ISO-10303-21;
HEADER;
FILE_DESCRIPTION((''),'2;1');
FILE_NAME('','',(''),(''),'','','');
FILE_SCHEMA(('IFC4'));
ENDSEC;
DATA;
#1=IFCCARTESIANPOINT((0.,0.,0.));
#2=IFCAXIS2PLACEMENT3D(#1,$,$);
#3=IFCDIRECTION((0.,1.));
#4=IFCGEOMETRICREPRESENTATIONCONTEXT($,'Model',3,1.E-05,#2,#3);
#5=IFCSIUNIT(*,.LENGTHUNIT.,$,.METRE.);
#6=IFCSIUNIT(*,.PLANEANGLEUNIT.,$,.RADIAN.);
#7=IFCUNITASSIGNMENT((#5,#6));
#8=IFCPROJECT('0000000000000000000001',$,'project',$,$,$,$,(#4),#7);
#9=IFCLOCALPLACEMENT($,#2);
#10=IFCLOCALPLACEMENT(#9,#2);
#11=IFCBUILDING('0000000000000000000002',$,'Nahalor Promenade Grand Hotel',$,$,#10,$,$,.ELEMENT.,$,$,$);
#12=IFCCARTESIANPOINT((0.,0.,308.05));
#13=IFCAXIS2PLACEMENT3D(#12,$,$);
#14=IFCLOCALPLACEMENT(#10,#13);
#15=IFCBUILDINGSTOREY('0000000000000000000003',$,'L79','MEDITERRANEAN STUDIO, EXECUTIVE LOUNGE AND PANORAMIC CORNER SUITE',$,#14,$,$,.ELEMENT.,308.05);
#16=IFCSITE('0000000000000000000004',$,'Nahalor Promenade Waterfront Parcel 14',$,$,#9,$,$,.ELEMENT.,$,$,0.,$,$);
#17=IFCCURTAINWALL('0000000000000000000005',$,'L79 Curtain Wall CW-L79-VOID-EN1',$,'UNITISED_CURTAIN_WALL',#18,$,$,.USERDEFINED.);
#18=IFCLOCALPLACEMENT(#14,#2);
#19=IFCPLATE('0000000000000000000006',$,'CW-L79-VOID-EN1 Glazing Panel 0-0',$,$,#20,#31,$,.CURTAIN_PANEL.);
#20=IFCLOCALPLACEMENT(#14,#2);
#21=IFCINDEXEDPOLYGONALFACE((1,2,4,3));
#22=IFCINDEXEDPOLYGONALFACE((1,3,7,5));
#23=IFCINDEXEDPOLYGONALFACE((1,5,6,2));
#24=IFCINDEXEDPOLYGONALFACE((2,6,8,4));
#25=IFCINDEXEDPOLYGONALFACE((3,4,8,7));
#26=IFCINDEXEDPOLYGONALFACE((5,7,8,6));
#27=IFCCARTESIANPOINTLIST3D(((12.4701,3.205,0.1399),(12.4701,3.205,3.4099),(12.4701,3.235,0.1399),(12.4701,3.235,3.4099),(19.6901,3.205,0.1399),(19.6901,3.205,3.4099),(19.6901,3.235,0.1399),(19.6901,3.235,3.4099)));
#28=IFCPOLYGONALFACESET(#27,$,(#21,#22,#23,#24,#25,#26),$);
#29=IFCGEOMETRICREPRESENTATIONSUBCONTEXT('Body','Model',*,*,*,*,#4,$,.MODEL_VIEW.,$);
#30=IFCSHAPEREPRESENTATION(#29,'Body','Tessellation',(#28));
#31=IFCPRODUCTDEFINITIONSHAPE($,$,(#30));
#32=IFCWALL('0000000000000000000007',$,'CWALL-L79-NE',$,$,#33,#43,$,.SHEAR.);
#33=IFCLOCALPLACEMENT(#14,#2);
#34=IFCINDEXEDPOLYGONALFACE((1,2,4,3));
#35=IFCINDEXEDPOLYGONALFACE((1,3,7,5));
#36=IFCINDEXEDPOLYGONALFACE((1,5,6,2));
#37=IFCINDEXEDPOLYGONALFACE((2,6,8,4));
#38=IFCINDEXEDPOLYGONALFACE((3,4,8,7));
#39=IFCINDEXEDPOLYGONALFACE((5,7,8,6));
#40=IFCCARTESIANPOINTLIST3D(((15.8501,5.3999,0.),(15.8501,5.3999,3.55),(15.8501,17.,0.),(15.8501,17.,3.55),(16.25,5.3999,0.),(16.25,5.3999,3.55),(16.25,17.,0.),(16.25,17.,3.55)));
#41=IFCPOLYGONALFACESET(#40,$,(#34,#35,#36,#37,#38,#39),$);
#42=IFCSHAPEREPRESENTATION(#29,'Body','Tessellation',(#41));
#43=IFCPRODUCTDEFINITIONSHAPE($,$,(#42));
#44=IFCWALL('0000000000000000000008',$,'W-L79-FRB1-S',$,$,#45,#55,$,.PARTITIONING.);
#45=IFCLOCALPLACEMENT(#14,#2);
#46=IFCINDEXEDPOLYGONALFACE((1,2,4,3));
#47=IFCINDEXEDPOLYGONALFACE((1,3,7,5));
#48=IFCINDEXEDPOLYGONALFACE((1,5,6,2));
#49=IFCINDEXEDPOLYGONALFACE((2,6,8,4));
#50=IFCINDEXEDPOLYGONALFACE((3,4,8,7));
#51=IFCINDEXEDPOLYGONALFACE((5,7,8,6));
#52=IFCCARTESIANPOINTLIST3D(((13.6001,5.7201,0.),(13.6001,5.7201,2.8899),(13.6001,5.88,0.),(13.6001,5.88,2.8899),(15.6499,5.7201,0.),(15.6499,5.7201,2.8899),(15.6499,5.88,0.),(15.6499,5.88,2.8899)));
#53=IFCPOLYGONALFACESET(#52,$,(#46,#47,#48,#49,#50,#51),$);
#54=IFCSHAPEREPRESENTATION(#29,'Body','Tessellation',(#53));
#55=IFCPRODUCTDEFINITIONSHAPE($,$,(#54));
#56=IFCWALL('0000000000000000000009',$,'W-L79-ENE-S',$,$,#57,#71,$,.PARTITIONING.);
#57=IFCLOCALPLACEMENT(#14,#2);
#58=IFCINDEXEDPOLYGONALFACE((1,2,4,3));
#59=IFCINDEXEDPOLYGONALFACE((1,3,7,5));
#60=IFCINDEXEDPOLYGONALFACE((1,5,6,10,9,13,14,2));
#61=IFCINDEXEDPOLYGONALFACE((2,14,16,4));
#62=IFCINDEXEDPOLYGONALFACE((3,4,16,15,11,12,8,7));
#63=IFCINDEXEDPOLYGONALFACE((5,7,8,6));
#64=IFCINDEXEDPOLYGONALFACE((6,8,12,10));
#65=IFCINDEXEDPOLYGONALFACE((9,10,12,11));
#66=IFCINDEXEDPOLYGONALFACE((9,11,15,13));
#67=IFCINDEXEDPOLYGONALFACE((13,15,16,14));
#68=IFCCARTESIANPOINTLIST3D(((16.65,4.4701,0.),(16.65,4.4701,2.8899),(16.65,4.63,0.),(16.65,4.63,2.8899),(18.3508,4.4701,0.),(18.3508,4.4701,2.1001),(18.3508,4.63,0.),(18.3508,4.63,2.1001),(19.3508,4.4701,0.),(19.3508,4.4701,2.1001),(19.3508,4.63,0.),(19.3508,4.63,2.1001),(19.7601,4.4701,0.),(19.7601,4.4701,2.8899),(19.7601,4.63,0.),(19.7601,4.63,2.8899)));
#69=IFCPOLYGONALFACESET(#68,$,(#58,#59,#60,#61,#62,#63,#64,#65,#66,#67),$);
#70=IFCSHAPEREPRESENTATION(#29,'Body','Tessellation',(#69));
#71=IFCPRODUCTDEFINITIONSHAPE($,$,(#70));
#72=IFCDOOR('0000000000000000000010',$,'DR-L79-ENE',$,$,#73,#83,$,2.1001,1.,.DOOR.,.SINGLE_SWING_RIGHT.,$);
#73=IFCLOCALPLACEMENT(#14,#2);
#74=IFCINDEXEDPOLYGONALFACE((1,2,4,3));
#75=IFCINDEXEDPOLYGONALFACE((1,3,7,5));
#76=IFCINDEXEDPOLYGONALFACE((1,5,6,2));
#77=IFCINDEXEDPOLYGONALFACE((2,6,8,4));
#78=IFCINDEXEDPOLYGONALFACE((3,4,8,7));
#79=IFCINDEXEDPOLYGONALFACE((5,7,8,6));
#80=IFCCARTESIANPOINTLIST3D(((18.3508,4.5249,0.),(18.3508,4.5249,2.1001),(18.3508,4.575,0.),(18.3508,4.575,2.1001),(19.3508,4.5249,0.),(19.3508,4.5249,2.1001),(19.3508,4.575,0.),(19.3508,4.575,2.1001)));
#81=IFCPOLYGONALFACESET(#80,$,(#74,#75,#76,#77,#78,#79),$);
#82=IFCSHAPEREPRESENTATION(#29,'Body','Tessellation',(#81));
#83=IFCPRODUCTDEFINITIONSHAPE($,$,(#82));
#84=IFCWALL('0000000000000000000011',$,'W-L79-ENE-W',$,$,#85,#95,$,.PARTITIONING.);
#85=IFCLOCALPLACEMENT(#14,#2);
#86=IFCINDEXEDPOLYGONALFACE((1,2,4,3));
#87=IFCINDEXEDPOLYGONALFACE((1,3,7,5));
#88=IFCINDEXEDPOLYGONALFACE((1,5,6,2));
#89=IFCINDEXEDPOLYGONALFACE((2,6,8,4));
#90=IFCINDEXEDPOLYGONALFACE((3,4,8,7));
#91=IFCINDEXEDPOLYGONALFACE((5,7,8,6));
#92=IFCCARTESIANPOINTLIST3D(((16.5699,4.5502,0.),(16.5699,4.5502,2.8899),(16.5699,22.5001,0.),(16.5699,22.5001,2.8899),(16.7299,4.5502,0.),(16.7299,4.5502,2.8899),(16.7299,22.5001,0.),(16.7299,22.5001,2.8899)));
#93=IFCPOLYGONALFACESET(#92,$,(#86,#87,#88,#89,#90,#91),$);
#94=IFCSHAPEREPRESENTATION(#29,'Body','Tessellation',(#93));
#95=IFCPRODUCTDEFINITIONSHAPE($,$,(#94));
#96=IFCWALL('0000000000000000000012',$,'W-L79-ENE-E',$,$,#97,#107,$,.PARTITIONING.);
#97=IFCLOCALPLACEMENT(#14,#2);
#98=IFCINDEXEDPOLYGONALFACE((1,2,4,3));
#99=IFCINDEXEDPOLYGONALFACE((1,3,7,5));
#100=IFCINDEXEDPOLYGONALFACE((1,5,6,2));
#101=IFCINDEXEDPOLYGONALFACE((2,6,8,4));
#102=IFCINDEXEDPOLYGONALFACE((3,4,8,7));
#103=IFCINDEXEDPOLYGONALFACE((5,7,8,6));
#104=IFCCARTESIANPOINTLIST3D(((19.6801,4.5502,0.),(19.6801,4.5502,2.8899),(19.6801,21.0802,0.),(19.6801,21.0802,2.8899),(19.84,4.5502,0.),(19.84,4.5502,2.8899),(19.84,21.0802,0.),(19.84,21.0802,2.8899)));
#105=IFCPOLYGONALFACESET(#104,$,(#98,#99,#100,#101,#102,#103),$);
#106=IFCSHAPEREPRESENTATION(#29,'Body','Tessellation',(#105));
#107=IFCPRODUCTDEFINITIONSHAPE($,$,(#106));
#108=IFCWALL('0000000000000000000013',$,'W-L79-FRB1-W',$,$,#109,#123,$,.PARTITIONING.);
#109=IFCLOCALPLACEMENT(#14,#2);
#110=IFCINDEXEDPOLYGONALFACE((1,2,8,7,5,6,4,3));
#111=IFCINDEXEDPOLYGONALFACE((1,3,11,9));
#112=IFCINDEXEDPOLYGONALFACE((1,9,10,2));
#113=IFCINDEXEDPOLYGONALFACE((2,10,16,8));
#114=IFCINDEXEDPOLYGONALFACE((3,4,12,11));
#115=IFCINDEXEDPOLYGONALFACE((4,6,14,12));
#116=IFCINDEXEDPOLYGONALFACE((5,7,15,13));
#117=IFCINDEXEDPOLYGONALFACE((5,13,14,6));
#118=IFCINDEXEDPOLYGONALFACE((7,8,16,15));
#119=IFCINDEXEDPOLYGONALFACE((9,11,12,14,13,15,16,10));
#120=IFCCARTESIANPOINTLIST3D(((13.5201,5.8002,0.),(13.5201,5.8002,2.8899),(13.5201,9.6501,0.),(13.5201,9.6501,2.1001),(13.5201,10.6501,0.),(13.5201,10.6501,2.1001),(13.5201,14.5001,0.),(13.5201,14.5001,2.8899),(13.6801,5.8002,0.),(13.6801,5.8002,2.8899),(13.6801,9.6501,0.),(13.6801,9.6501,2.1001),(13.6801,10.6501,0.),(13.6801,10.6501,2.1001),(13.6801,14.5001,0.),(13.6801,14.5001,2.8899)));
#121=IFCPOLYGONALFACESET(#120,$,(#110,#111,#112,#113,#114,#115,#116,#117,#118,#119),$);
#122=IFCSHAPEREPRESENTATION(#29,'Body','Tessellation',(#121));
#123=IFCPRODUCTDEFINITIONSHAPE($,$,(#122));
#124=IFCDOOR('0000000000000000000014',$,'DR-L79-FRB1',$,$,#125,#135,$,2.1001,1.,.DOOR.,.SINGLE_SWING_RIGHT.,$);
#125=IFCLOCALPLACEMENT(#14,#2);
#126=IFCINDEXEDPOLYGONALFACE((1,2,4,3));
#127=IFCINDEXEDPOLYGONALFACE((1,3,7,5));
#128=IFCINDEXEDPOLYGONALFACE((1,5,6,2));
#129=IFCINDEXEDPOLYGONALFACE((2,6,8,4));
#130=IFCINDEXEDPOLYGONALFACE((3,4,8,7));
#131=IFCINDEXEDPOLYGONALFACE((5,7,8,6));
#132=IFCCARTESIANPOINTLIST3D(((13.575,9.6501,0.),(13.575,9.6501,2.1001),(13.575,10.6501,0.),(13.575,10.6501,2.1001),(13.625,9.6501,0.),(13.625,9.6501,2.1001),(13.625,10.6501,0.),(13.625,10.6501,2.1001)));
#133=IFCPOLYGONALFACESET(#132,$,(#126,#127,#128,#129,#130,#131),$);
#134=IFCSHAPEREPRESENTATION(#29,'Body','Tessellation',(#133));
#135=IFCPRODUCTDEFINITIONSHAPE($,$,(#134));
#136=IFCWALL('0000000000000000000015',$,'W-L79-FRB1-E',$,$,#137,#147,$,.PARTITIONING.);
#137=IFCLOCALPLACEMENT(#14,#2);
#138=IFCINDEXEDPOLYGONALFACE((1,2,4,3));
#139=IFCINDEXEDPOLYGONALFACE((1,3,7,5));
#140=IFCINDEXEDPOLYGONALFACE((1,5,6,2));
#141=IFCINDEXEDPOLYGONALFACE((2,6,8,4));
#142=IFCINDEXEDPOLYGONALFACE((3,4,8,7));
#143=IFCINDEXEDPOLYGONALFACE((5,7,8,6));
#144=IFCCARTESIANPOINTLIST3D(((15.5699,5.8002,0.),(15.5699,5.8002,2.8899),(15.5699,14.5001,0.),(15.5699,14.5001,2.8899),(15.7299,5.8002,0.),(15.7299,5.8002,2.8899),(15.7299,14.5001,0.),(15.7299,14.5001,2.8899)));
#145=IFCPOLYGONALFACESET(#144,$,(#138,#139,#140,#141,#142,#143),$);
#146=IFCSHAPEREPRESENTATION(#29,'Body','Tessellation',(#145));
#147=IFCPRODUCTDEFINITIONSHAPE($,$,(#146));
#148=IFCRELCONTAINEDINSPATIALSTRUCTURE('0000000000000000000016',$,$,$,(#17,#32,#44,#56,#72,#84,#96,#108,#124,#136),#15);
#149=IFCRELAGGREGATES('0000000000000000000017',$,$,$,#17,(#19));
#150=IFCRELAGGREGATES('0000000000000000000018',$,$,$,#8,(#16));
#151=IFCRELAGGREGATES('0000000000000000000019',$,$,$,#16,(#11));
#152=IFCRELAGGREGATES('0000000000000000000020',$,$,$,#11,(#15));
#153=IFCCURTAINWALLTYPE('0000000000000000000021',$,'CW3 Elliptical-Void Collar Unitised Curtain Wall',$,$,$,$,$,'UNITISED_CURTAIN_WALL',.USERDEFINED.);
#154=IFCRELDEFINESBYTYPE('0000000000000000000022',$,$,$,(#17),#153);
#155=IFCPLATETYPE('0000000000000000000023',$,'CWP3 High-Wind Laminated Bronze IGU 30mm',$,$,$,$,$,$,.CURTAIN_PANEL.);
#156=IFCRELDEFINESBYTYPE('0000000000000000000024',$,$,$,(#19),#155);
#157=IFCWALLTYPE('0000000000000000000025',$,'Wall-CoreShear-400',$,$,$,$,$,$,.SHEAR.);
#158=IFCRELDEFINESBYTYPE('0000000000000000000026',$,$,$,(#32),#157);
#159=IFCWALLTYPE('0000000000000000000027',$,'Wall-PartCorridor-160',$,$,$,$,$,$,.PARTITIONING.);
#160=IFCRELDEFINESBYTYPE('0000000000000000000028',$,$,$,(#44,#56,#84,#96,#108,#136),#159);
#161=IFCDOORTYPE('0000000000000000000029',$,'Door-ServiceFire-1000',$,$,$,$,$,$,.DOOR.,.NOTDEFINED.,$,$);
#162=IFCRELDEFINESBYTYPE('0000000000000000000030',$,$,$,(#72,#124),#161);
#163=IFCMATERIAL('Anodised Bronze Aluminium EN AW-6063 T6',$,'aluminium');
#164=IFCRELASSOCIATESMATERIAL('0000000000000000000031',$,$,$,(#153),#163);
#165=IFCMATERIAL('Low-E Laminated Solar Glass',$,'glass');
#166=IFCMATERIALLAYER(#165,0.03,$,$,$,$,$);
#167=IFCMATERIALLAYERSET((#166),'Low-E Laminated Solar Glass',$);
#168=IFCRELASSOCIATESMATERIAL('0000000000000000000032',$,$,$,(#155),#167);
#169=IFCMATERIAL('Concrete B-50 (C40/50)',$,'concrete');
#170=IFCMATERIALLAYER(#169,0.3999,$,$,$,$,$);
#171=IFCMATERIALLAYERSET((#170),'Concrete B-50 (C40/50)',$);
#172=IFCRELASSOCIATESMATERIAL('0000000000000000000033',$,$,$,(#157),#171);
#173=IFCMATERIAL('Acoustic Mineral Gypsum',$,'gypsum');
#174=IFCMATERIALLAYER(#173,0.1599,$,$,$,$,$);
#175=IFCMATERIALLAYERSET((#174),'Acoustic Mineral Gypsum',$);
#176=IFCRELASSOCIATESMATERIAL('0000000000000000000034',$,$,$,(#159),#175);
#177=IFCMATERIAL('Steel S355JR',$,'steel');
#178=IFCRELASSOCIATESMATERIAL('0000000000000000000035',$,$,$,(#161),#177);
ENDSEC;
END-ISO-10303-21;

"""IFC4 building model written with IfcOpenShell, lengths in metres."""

from ifc_helpers import new_model, si_unit, direction, frame, frame_2d, origin, origin_2d, place, context, subcontext, project, spatial, rectangle, extrude, source, transform, mapped, material, layer, layer_set, type_object, element, fill, aggregate, save


model = new_model("IFC4")

# Units and contexts
model_context = context("Model", 3, precision=1e-05, world=origin(), true_north=direction((0.0, 1.0)))
body_context = subcontext(model_context, "Body", "Model", "MODEL_VIEW")
ifc_project = project(units=[si_unit("LENGTHUNIT", "METRE"), si_unit("PLANEANGLEUNIT", "RADIAN")], contexts=[model_context])

# Site, building, storey
site_placement = place(None, origin())
site = spatial("IfcSite", under=ifc_project, at=site_placement, Name="Nahalor Promenade Waterfront Parcel 14", CompositionType="ELEMENT", RefElevation=0.0)
building_placement = place(site_placement, origin())
building = spatial("IfcBuilding", under=site, at=building_placement, Name="Nahalor Promenade Grand Hotel", CompositionType="ELEMENT")
storey_placement = place(building_placement, frame((0.0, 0.0, 308.05)))
storey = spatial("IfcBuildingStorey", under=building, at=storey_placement, Name="L79", Description="MEDITERRANEAN STUDIO, EXECUTIVE LOUNGE AND PANORAMIC CORNER SUITE", CompositionType="ELEMENT", Elevation=308.05)

# Shared definitions
ifc_material_1 = material(Name="Steel S355JR", Category="steel")

# Curtain wall
ifc_material_2 = material(Name="Anodised Bronze Aluminium EN AW-6063 T6", Category="aluminium")
curtain_wall_type = type_object("IfcCurtainWallType", Name="CW3 Elliptical-Void Collar Unitised Curtain Wall", ElementType="UNITISED_CURTAIN_WALL", PredefinedType="USERDEFINED", material=ifc_material_2)
curtain_wall_1_placement = place(storey_placement, origin())
curtain_wall_1 = element("IfcCurtainWall", 1, at=curtain_wall_1_placement, inside=storey, type_object=curtain_wall_type, Name="L79 Curtain Wall CW-L79-VOID-EN1", ObjectType="UNITISED_CURTAIN_WALL", PredefinedType="USERDEFINED")

# Plate
ifc_material_3 = material(Name="Low-E Laminated Solar Glass", Category="glass")
ifc_layer_1 = layer(ifc_material_3, 0.03)
ifc_layer_set_1 = layer_set([ifc_layer_1], Name="Low-E Laminated Solar Glass")
plate_type_1 = type_object("IfcPlateType", Name="CWP3 High-Wind Laminated Bronze IGU 30mm", PredefinedType="CURTAIN_PANEL", material=ifc_layer_set_1)
shared_shape_1 = source(origin(), body_context, "Body", "SweptSolid", [
    extrude(rectangle(XDim=7.22, YDim=0.03, at=origin_2d()), origin(), (0.0, 0.0, 1.0), 3.27),
])
plate_1_placement = place(storey_placement, frame((16.0801, 3.22, 0.1399), z_axis=(0.0, 0.0, 1.0), x_axis=(1.0, 0.0, 0.0)))
plate_1 = element("IfcPlate", 2, at=plate_1_placement, type_object=plate_type_1, Name="CW-L79-VOID-EN1 Glazing Panel 0-0", PredefinedType="CURTAIN_PANEL", context=body_context, shape_type="MappedRepresentation", body=[
    mapped(shared_shape_1, transform((0.0, 0.0, 0.0), scale=1.0)),
])
aggregate(curtain_wall_1, [plate_1])

# Walls
ifc_material_4 = material(Name="Concrete B-50 (C40/50)", Category="concrete")
ifc_layer_2 = layer(ifc_material_4, 0.3999)
ifc_layer_set_2 = layer_set([ifc_layer_2], Name="Concrete B-50 (C40/50)")
wall_type_1 = type_object("IfcWallType", Name="Wall-CoreShear-400", PredefinedType="SHEAR", material=ifc_layer_set_2)
shared_shape_2 = source(origin(), body_context, "Body", "SweptSolid", [
    extrude(rectangle(XDim=11.6001, YDim=0.3999, at=frame_2d((5.8, 0.0))), origin(), (0.0, 0.0, 1.0), 3.55),
])
wall_1_placement = place(storey_placement, frame((16.05, 5.3999, 0.0), z_axis=(0.0, 0.0, 1.0), x_axis=(0.0, 1.0, 0.0)))
element("IfcWall", 3, at=wall_1_placement, inside=storey, type_object=wall_type_1, Name="CWALL-L79-NE", PredefinedType="SHEAR", context=body_context, shape_type="MappedRepresentation", body=[
    mapped(shared_shape_2, transform((0.0, 0.0, 0.0), scale=1.0)),
])
ifc_material_5 = material(Name="Acoustic Mineral Gypsum", Category="gypsum")
ifc_layer_3 = layer(ifc_material_5, 0.1599)
ifc_layer_set_3 = layer_set([ifc_layer_3], Name="Acoustic Mineral Gypsum")
wall_type_2 = type_object("IfcWallType", Name="Wall-PartCorridor-160", PredefinedType="PARTITIONING", material=ifc_layer_set_3)
shared_shape_3 = source(origin(), body_context, "Body", "SweptSolid", [
    extrude(rectangle(XDim=2.0498, YDim=0.1599, at=frame_2d((1.0249, 0.0))), origin(), (0.0, 0.0, 1.0), 2.8899),
])
wall_2_placement = place(storey_placement, frame((13.6001, 5.8, 0.0), z_axis=(0.0, 0.0, 1.0), x_axis=(1.0, 0.0, 0.0)))
element("IfcWall", 4, at=wall_2_placement, inside=storey, type_object=wall_type_2, Name="W-L79-FRB1-S", PredefinedType="PARTITIONING", context=body_context, shape_type="MappedRepresentation", body=[
    mapped(shared_shape_3, transform((0.0, 0.0, 0.0), scale=1.0)),
])

# Wall, opening, door
shared_shape_4 = source(origin(), body_context, "Body", "SweptSolid", [
    extrude(rectangle(XDim=3.1101, YDim=0.1599, at=frame_2d((1.5552, 0.0))), origin(), (0.0, 0.0, 1.0), 2.8899),
])
wall_3_placement = place(storey_placement, frame((16.6499, 4.55, 0.0), z_axis=(0.0, 0.0, 1.0), x_axis=(1.0, 0.0, 0.0)))
wall_3 = element("IfcWall", 5, at=wall_3_placement, inside=storey, type_object=wall_type_2, Name="W-L79-ENE-S", PredefinedType="PARTITIONING", context=body_context, shape_type="MappedRepresentation", body=[
    mapped(shared_shape_4, transform((0.0, 0.0, 0.0), scale=1.0)),
])
opening_1_placement = place(wall_3_placement, frame((1.7009, 0.0, 0.0)))
opening_1 = element("IfcOpeningElement", 6, at=opening_1_placement, cuts=wall_3, PredefinedType="OPENING", context=body_context, shape_type="SweptSolid", body=[
    extrude(rectangle(XDim=1.0, YDim=2.1001, at=frame_2d((0.5, 1.05))), frame((0.0, 0.0898, 0.0), z_axis=(0.0, -1.0, 0.0), x_axis=(1.0, 0.0, 0.0)), (0.0, 0.0, 1.0), 0.1799),
])
door_type = type_object("IfcDoorType", Name="Door-ServiceFire-1000", OperationType="NOTDEFINED", PredefinedType="DOOR", material=ifc_material_1)
shared_shape_5 = source(origin(), body_context, "Body", "SweptSolid", [
    extrude(rectangle(XDim=1.0, YDim=2.1001, at=frame_2d((0.5, 1.05))), frame((0.0, 0.0249, 0.0), z_axis=(0.0, -1.0, 0.0), x_axis=(1.0, 0.0, 0.0)), (0.0, 0.0, 1.0), 0.05),
])
door_1_placement = place(opening_1_placement, origin())
door_1 = element("IfcDoor", 7, at=door_1_placement, inside=storey, type_object=door_type, Name="DR-L79-ENE", OperationType="SINGLE_SWING_RIGHT", OverallHeight=2.1001, OverallWidth=1.0, PredefinedType="DOOR", context=body_context, shape_type="MappedRepresentation", body=[
    mapped(shared_shape_5, transform((0.0, 0.0, 0.0), scale=1.0)),
])
fill(opening_1, door_1)

# Walls
shared_shape_6 = source(origin(), body_context, "Body", "SweptSolid", [
    extrude(rectangle(XDim=17.95, YDim=0.1599, at=frame_2d((8.9751, 0.0))), origin(), (0.0, 0.0, 1.0), 2.8899),
])
wall_4_placement = place(storey_placement, frame((16.6499, 4.55, 0.0), z_axis=(0.0, 0.0, 1.0), x_axis=(0.0, 1.0, 0.0)))
element("IfcWall", 8, at=wall_4_placement, inside=storey, type_object=wall_type_2, Name="W-L79-ENE-W", PredefinedType="PARTITIONING", context=body_context, shape_type="MappedRepresentation", body=[
    mapped(shared_shape_6, transform((0.0, 0.0, 0.0), scale=1.0)),
])
shared_shape_7 = source(origin(), body_context, "Body", "SweptSolid", [
    extrude(rectangle(XDim=16.53, YDim=0.1599, at=frame_2d((8.2651, 0.0))), origin(), (0.0, 0.0, 1.0), 2.8899),
])
wall_5_placement = place(storey_placement, frame((19.76, 4.55, 0.0), z_axis=(0.0, 0.0, 1.0), x_axis=(0.0, 1.0, 0.0)))
element("IfcWall", 9, at=wall_5_placement, inside=storey, type_object=wall_type_2, Name="W-L79-ENE-E", PredefinedType="PARTITIONING", context=body_context, shape_type="MappedRepresentation", body=[
    mapped(shared_shape_7, transform((0.0, 0.0, 0.0), scale=1.0)),
])

# Wall, opening, door
shared_shape_8 = source(origin(), body_context, "Body", "SweptSolid", [
    extrude(rectangle(XDim=8.7, YDim=0.1599, at=frame_2d((4.3501, 0.0))), origin(), (0.0, 0.0, 1.0), 2.8899),
])
wall_6_placement = place(storey_placement, frame((13.6001, 5.8, 0.0), z_axis=(0.0, 0.0, 1.0), x_axis=(0.0, 1.0, 0.0)))
wall_6 = element("IfcWall", 10, at=wall_6_placement, inside=storey, type_object=wall_type_2, Name="W-L79-FRB1-W", PredefinedType="PARTITIONING", context=body_context, shape_type="MappedRepresentation", body=[
    mapped(shared_shape_8, transform((0.0, 0.0, 0.0), scale=1.0)),
])
opening_2_placement = place(wall_6_placement, frame((3.8501, 0.0, 0.0)))
opening_2 = element("IfcOpeningElement", 11, at=opening_2_placement, cuts=wall_6, PredefinedType="OPENING", context=body_context, shape_type="SweptSolid", body=[
    extrude(rectangle(XDim=1.0, YDim=2.1001, at=frame_2d((0.5, 1.05))), frame((0.0, 0.0898, 0.0), z_axis=(0.0, -1.0, 0.0), x_axis=(1.0, 0.0, 0.0)), (0.0, 0.0, 1.0), 0.1799),
])
door_2_placement = place(opening_2_placement, frame((1.0, 0.0, 0.0), z_axis=(0.0, 0.0, 1.0), x_axis=(-1.0, 0.0, 0.0)))
door_2 = element("IfcDoor", 12, at=door_2_placement, inside=storey, type_object=door_type, Name="DR-L79-FRB1", OperationType="SINGLE_SWING_RIGHT", OverallHeight=2.1001, OverallWidth=1.0, PredefinedType="DOOR", context=body_context, shape_type="MappedRepresentation", body=[
    mapped(shared_shape_5, transform((0.0, 0.0, 0.0), scale=1.0)),
])
fill(opening_2, door_2)

# Wall
wall_7_placement = place(storey_placement, frame((15.6499, 5.8, 0.0), z_axis=(0.0, 0.0, 1.0), x_axis=(0.0, 1.0, 0.0)))
element("IfcWall", 13, at=wall_7_placement, inside=storey, type_object=wall_type_2, Name="W-L79-FRB1-E", PredefinedType="PARTITIONING", context=body_context, shape_type="MappedRepresentation", body=[
    mapped(shared_shape_8, transform((0.0, 0.0, 0.0), scale=1.0)),
])

save(model, "model.ifc")
